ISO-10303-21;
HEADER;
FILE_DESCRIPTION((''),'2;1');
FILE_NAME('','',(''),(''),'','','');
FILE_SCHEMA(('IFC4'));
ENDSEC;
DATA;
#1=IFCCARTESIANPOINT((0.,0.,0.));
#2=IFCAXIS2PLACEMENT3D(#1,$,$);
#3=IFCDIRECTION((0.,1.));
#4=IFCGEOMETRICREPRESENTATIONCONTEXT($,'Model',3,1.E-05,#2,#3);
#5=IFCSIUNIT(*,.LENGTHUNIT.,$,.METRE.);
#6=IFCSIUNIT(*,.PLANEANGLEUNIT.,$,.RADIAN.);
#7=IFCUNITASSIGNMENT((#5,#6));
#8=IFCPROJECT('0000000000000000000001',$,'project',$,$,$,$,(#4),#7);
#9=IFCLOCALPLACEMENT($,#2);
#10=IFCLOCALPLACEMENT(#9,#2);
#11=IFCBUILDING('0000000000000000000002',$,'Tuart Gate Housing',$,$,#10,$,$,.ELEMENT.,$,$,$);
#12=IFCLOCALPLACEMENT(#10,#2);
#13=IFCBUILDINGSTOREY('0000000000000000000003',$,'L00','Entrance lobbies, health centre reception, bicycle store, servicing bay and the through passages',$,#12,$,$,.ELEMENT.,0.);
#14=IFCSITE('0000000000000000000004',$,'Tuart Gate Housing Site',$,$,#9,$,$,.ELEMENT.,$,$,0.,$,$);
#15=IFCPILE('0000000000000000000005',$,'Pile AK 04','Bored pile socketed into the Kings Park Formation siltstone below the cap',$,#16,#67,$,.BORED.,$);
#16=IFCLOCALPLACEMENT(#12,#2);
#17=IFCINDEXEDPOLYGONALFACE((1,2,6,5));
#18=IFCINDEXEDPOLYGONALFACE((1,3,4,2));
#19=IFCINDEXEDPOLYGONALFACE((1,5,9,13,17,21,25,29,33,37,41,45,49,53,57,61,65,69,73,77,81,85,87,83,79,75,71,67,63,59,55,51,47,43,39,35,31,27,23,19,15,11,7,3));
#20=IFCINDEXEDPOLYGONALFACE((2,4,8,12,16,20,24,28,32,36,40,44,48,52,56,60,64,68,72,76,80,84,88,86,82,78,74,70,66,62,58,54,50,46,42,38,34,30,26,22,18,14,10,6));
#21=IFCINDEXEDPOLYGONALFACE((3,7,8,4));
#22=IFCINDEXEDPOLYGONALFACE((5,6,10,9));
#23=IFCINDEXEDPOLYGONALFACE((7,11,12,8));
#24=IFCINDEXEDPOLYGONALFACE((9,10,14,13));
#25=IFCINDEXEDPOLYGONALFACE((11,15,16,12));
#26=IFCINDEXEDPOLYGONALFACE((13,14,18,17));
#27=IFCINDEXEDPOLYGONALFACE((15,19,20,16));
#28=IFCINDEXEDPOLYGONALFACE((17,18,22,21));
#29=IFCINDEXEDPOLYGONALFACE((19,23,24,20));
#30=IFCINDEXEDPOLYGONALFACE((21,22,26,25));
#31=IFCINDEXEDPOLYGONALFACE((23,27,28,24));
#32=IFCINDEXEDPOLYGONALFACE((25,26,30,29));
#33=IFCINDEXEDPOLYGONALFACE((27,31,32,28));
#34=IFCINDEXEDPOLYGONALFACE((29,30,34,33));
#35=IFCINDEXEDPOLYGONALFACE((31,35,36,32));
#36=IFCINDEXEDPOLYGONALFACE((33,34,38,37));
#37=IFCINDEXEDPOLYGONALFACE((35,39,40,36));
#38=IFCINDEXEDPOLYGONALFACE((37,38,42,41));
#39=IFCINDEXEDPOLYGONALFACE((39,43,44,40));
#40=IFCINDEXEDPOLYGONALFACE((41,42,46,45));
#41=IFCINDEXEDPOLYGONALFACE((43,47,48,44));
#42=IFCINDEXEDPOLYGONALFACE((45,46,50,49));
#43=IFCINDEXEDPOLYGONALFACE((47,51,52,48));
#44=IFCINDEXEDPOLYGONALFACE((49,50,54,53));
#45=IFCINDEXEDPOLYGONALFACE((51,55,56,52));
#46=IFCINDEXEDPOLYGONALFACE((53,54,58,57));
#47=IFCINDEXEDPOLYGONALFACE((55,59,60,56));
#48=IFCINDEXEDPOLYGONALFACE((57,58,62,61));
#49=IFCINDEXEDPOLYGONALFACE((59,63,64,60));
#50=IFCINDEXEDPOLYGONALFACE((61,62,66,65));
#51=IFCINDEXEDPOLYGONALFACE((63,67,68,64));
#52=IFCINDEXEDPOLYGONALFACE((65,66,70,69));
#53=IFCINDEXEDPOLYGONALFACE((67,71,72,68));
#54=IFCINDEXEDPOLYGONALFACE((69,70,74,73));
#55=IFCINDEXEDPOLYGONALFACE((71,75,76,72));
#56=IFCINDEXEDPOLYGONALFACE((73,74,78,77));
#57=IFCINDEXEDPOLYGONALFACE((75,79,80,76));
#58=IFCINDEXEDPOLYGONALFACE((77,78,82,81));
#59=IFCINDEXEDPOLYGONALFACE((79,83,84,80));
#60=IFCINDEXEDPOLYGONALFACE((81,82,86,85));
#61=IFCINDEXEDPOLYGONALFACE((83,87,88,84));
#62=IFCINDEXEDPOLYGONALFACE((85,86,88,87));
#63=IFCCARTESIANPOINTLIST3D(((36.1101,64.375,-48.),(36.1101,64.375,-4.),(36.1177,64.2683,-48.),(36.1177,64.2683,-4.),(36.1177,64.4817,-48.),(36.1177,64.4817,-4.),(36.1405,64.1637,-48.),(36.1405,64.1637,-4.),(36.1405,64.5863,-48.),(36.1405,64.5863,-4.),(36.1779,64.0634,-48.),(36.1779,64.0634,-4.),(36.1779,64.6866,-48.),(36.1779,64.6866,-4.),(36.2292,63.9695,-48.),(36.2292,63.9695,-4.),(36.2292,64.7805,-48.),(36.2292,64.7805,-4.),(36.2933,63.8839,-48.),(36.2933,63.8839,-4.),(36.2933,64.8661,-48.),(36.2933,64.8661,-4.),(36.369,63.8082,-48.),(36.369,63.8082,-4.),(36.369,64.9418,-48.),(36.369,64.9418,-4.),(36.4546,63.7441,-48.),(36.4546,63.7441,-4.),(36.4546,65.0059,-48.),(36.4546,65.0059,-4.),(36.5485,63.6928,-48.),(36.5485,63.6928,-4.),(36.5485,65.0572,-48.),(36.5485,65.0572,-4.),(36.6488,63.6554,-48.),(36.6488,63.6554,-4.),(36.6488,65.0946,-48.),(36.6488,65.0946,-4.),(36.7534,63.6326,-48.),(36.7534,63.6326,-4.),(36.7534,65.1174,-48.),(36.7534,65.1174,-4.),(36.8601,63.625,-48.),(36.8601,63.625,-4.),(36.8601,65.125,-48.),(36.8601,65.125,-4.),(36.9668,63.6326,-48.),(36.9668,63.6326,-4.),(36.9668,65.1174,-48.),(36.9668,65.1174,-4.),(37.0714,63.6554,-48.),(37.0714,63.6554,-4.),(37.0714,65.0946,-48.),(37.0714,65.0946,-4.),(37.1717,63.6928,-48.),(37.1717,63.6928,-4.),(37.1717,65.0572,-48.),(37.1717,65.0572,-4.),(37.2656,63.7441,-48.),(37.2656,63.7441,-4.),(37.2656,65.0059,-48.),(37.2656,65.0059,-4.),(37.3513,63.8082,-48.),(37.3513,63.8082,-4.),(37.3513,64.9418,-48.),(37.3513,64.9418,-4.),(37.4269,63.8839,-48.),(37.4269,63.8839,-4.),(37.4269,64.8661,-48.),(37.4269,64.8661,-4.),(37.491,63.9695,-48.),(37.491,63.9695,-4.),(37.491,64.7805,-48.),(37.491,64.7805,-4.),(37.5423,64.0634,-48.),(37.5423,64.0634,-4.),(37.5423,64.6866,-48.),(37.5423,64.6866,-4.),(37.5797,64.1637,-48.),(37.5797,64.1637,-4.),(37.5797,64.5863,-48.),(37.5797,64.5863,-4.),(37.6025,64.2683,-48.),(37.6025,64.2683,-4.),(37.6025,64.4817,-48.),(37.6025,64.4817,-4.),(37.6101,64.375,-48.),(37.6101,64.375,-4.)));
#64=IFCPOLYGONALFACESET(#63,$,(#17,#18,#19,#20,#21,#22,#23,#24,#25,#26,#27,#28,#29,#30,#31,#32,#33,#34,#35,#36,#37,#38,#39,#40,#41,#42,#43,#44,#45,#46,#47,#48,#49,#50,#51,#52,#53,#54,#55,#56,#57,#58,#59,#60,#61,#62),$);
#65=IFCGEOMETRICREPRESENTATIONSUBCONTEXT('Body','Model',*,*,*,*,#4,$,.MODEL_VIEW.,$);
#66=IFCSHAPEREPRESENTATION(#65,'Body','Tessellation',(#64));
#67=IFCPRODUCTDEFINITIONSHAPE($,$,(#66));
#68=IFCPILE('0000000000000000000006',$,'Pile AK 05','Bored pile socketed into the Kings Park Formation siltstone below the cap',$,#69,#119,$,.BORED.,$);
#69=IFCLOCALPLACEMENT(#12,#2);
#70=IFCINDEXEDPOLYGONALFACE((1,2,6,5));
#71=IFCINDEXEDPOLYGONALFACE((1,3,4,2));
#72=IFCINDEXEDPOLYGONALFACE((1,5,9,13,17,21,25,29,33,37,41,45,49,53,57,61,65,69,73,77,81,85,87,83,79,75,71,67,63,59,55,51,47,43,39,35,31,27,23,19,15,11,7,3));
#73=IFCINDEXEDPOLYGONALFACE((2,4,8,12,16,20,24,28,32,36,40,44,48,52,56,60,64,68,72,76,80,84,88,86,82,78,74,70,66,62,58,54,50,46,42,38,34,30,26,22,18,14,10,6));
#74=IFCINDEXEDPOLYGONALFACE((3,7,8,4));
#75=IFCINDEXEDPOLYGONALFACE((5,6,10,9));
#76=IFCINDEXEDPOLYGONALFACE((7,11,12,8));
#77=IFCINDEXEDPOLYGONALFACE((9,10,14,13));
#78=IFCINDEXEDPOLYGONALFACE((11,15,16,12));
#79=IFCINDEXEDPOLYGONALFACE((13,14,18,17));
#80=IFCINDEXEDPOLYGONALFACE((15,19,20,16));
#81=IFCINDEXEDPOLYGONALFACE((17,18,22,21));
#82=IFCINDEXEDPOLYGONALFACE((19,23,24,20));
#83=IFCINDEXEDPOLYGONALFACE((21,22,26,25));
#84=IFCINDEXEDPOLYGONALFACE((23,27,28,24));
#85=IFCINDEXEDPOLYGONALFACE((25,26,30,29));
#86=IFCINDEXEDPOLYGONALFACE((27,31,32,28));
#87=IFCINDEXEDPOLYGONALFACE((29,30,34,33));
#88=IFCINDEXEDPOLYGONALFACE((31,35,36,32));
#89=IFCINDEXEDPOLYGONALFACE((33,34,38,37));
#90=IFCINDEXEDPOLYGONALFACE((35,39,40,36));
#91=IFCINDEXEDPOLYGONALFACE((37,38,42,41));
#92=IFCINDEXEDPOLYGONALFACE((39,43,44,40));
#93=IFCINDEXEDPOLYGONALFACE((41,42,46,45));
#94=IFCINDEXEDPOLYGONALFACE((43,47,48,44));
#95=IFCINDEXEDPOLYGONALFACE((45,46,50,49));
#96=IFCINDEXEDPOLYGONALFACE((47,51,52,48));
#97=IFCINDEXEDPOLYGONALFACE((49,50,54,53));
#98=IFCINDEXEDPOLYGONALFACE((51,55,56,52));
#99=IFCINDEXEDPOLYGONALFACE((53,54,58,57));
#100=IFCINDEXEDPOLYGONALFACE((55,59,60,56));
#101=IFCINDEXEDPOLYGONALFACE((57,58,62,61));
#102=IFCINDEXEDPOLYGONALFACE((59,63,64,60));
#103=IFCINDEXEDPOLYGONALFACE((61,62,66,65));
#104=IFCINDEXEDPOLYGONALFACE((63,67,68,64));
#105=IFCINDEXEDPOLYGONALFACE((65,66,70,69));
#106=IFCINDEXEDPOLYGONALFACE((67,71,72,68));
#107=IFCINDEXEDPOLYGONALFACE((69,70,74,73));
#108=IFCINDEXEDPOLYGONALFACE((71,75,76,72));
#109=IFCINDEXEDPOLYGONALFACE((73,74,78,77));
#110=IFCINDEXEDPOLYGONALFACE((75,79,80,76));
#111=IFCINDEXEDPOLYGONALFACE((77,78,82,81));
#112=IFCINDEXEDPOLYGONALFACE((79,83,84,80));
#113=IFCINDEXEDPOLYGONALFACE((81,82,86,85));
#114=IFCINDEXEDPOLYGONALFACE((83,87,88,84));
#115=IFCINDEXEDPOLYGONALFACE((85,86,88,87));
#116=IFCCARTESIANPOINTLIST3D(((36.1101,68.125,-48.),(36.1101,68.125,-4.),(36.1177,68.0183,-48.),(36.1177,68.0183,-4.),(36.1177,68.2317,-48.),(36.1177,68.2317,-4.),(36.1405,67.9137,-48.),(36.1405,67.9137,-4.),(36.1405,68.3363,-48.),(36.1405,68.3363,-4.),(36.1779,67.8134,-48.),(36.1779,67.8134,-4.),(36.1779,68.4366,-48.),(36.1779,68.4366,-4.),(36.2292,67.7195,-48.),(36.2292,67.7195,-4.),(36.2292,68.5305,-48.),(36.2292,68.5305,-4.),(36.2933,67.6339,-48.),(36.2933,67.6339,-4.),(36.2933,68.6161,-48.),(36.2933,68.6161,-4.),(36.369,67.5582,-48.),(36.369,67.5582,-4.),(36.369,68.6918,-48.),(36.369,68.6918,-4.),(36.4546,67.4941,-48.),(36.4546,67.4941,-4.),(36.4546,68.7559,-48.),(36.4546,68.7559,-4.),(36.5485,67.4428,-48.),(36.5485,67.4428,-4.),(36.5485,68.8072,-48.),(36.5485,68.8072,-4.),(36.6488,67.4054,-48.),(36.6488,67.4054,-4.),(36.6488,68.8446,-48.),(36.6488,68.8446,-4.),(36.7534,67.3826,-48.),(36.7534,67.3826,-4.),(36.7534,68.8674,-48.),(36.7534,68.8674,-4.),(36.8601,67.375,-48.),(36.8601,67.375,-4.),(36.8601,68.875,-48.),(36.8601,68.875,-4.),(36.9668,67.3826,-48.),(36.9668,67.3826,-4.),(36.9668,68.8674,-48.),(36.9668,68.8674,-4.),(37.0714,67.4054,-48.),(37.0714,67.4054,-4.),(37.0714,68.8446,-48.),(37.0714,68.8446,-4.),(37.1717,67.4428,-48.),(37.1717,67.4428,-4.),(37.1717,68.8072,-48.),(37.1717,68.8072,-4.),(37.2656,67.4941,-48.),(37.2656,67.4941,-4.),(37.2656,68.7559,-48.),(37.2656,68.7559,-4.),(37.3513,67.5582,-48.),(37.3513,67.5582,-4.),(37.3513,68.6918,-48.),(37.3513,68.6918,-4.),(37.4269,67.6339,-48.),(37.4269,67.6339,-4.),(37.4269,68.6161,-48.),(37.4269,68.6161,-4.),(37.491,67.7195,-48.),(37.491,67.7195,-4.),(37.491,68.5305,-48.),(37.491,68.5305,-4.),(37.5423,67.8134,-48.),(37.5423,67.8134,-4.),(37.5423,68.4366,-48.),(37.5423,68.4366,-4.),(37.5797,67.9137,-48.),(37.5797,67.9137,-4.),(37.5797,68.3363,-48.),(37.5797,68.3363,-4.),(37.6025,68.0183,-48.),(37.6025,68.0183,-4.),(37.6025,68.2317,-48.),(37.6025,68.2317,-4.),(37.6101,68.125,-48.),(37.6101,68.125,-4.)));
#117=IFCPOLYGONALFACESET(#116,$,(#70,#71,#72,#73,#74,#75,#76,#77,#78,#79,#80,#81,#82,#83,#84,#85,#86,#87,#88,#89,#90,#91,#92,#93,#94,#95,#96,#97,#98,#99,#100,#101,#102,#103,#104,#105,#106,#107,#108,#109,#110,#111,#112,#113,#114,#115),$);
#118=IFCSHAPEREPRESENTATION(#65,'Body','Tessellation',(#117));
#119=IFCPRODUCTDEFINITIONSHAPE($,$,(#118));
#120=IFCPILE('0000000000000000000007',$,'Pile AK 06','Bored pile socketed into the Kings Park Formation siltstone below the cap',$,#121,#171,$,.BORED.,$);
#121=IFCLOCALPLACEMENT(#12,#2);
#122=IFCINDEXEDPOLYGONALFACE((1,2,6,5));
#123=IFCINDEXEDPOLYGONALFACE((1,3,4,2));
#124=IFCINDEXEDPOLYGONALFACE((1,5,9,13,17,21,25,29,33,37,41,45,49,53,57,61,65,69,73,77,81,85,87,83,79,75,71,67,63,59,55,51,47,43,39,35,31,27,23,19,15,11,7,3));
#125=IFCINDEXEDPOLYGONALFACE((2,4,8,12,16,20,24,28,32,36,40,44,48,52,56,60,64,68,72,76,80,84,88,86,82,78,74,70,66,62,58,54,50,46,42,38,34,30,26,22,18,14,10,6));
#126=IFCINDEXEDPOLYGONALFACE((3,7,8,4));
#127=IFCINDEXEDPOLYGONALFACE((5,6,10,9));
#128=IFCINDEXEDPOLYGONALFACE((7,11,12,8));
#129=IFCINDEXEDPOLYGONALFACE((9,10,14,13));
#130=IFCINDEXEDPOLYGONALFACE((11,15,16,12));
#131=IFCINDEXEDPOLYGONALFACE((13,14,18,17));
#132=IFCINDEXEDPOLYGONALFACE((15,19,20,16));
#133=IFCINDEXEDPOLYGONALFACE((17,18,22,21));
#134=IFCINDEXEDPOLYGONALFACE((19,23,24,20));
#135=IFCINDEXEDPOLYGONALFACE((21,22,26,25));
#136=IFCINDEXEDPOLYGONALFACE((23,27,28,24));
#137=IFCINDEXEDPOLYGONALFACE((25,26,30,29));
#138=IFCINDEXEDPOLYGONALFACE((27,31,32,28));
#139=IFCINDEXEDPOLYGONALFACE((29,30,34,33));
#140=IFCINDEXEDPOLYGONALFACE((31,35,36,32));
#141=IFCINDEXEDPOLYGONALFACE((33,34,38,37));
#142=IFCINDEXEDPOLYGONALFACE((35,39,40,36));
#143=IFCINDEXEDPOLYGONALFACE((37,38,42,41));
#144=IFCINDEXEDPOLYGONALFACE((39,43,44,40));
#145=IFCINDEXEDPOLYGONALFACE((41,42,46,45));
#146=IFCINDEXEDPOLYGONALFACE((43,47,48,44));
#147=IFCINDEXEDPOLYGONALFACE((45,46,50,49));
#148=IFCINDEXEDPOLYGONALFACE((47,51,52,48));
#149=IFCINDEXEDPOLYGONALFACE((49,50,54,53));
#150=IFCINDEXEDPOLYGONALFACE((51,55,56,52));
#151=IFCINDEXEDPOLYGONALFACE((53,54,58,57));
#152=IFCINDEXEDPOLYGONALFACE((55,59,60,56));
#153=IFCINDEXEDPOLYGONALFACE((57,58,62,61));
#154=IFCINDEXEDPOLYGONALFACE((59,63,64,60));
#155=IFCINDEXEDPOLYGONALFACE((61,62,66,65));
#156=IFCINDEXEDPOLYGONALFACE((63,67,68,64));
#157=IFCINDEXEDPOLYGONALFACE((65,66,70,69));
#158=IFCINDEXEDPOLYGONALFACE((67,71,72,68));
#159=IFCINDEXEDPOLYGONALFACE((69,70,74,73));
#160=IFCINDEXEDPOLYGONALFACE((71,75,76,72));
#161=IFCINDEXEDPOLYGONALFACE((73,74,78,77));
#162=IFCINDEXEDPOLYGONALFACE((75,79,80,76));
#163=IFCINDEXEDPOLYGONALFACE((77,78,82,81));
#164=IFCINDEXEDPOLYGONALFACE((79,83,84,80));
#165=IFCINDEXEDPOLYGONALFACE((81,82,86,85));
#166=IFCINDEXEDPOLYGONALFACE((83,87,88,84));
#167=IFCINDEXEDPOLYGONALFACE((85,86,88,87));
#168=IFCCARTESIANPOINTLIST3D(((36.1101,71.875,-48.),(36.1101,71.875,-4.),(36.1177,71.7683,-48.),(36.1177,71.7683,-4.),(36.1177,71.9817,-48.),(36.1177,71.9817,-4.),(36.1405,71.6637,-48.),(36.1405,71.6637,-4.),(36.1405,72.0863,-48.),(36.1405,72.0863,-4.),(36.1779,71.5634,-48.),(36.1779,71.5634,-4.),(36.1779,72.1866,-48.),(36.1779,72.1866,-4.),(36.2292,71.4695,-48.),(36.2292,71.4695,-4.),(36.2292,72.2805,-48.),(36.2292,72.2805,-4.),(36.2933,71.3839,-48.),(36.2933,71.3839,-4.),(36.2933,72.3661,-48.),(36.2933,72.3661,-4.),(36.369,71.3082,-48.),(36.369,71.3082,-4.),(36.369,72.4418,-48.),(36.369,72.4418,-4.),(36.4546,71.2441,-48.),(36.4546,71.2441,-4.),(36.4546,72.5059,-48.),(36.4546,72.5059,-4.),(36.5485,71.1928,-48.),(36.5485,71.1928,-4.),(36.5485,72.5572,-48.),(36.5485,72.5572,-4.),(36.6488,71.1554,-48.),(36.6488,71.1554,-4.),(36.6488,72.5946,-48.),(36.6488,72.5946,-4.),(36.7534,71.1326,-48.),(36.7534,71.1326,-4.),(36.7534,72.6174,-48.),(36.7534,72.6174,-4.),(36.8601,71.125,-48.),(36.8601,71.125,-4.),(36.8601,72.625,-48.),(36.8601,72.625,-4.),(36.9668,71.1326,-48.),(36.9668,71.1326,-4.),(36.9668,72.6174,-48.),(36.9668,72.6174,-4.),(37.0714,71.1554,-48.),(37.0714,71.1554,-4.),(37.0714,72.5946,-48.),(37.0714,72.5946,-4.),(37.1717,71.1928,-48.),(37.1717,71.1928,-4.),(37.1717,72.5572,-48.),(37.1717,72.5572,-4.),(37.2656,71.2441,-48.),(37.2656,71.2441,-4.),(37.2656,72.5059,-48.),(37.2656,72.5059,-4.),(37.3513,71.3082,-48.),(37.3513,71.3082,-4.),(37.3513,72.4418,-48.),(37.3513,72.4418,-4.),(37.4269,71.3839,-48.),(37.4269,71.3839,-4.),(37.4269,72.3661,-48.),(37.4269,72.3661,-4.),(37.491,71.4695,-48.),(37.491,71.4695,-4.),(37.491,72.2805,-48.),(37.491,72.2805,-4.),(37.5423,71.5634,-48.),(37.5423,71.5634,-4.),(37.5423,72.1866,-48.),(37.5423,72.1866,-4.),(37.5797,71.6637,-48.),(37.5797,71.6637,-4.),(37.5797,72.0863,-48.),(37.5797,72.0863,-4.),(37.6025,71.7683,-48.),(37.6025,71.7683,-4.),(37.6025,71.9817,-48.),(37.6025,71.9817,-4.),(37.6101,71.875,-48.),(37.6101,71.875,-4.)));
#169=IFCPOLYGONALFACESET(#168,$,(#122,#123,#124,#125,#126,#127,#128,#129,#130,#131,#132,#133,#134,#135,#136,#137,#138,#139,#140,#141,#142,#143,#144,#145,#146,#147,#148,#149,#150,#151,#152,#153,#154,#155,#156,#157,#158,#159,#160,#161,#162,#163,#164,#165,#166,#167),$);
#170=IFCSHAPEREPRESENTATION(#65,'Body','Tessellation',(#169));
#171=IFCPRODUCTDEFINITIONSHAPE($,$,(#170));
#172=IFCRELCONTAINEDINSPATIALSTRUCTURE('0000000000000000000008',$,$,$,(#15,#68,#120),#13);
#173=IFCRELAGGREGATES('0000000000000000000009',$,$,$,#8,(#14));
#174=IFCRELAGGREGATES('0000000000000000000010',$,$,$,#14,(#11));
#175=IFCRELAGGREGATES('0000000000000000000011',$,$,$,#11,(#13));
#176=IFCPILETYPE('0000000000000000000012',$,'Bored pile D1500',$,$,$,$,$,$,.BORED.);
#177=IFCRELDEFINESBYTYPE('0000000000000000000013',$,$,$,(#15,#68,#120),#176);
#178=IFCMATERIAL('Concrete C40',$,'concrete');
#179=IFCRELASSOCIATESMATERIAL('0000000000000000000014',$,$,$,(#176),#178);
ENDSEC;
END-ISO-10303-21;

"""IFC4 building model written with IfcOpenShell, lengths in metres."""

from ifc_helpers import new_model, si_unit, direction, frame, origin, origin_2d, place, context, subcontext, project, spatial, circle, extrude, material, material_profile, profile_set, type_object, element, save


model = new_model("IFC4")

# Units and contexts
model_context = context("Model", 3, precision=1e-05, world=origin(), true_north=direction((0.0, 1.0)))
body_context = subcontext(model_context, "Body", "Model", "MODEL_VIEW")
ifc_project = project(units=[si_unit("LENGTHUNIT", "METRE"), si_unit("PLANEANGLEUNIT", "RADIAN")], contexts=[model_context])

# Site, building, storey
site_placement = place(None, origin())
site = spatial("IfcSite", under=ifc_project, at=site_placement, Name="Tuart Gate Housing Site", CompositionType="ELEMENT", RefElevation=0.0)
building_placement = place(site_placement, origin())
building = spatial("IfcBuilding", under=site, at=building_placement, Name="Tuart Gate Housing", CompositionType="ELEMENT")
storey_placement = place(building_placement, origin())
storey = spatial("IfcBuildingStorey", under=building, at=storey_placement, Name="L00", Description="Entrance lobbies, health centre reception, bicycle store, servicing bay and the through passages", CompositionType="ELEMENT", Elevation=0.0)

# Piles
ifc_material_1 = material(Name="Concrete C40", Category="concrete")
ifc_material_profile = material_profile(ifc_material_1, circle(Radius=0.75, at=origin_2d()), Name="Bored pile D1500")
ifc_profile_set = profile_set([ifc_material_profile], Name="Concrete C40")
pile_type = type_object("IfcPileType", Name="Bored pile D1500", PredefinedType="BORED", material=ifc_profile_set)
for number, where, z_axis, x_axis, name in (
    (1, (36.8601, 64.375, -4.0), (0.0, 0.0, -1.0), (1.0, 0.0, 0.0), "Pile AK 04"),
    (2, (36.8601, 68.125, -4.0), (0.0, 0.0, -1.0), (1.0, 0.0, 0.0), "Pile AK 05"),
    (3, (36.8601, 71.875, -4.0), (0.0, 0.0, -1.0), (1.0, 0.0, 0.0), "Pile AK 06"),
):
    element("IfcPile", number, at=place(storey_placement, frame(where, z_axis=z_axis, x_axis=x_axis)), inside=storey, type_object=pile_type, Name=name, Description="Bored pile socketed into the Kings Park Formation siltstone below the cap", PredefinedType="BORED", context=body_context, shape_type="SweptSolid", body=[
        extrude(circle(Radius=0.75, at=origin_2d()), origin(), (0.0, 0.0, 1.0), 44.0),
    ])

save(model, "model.ifc")
